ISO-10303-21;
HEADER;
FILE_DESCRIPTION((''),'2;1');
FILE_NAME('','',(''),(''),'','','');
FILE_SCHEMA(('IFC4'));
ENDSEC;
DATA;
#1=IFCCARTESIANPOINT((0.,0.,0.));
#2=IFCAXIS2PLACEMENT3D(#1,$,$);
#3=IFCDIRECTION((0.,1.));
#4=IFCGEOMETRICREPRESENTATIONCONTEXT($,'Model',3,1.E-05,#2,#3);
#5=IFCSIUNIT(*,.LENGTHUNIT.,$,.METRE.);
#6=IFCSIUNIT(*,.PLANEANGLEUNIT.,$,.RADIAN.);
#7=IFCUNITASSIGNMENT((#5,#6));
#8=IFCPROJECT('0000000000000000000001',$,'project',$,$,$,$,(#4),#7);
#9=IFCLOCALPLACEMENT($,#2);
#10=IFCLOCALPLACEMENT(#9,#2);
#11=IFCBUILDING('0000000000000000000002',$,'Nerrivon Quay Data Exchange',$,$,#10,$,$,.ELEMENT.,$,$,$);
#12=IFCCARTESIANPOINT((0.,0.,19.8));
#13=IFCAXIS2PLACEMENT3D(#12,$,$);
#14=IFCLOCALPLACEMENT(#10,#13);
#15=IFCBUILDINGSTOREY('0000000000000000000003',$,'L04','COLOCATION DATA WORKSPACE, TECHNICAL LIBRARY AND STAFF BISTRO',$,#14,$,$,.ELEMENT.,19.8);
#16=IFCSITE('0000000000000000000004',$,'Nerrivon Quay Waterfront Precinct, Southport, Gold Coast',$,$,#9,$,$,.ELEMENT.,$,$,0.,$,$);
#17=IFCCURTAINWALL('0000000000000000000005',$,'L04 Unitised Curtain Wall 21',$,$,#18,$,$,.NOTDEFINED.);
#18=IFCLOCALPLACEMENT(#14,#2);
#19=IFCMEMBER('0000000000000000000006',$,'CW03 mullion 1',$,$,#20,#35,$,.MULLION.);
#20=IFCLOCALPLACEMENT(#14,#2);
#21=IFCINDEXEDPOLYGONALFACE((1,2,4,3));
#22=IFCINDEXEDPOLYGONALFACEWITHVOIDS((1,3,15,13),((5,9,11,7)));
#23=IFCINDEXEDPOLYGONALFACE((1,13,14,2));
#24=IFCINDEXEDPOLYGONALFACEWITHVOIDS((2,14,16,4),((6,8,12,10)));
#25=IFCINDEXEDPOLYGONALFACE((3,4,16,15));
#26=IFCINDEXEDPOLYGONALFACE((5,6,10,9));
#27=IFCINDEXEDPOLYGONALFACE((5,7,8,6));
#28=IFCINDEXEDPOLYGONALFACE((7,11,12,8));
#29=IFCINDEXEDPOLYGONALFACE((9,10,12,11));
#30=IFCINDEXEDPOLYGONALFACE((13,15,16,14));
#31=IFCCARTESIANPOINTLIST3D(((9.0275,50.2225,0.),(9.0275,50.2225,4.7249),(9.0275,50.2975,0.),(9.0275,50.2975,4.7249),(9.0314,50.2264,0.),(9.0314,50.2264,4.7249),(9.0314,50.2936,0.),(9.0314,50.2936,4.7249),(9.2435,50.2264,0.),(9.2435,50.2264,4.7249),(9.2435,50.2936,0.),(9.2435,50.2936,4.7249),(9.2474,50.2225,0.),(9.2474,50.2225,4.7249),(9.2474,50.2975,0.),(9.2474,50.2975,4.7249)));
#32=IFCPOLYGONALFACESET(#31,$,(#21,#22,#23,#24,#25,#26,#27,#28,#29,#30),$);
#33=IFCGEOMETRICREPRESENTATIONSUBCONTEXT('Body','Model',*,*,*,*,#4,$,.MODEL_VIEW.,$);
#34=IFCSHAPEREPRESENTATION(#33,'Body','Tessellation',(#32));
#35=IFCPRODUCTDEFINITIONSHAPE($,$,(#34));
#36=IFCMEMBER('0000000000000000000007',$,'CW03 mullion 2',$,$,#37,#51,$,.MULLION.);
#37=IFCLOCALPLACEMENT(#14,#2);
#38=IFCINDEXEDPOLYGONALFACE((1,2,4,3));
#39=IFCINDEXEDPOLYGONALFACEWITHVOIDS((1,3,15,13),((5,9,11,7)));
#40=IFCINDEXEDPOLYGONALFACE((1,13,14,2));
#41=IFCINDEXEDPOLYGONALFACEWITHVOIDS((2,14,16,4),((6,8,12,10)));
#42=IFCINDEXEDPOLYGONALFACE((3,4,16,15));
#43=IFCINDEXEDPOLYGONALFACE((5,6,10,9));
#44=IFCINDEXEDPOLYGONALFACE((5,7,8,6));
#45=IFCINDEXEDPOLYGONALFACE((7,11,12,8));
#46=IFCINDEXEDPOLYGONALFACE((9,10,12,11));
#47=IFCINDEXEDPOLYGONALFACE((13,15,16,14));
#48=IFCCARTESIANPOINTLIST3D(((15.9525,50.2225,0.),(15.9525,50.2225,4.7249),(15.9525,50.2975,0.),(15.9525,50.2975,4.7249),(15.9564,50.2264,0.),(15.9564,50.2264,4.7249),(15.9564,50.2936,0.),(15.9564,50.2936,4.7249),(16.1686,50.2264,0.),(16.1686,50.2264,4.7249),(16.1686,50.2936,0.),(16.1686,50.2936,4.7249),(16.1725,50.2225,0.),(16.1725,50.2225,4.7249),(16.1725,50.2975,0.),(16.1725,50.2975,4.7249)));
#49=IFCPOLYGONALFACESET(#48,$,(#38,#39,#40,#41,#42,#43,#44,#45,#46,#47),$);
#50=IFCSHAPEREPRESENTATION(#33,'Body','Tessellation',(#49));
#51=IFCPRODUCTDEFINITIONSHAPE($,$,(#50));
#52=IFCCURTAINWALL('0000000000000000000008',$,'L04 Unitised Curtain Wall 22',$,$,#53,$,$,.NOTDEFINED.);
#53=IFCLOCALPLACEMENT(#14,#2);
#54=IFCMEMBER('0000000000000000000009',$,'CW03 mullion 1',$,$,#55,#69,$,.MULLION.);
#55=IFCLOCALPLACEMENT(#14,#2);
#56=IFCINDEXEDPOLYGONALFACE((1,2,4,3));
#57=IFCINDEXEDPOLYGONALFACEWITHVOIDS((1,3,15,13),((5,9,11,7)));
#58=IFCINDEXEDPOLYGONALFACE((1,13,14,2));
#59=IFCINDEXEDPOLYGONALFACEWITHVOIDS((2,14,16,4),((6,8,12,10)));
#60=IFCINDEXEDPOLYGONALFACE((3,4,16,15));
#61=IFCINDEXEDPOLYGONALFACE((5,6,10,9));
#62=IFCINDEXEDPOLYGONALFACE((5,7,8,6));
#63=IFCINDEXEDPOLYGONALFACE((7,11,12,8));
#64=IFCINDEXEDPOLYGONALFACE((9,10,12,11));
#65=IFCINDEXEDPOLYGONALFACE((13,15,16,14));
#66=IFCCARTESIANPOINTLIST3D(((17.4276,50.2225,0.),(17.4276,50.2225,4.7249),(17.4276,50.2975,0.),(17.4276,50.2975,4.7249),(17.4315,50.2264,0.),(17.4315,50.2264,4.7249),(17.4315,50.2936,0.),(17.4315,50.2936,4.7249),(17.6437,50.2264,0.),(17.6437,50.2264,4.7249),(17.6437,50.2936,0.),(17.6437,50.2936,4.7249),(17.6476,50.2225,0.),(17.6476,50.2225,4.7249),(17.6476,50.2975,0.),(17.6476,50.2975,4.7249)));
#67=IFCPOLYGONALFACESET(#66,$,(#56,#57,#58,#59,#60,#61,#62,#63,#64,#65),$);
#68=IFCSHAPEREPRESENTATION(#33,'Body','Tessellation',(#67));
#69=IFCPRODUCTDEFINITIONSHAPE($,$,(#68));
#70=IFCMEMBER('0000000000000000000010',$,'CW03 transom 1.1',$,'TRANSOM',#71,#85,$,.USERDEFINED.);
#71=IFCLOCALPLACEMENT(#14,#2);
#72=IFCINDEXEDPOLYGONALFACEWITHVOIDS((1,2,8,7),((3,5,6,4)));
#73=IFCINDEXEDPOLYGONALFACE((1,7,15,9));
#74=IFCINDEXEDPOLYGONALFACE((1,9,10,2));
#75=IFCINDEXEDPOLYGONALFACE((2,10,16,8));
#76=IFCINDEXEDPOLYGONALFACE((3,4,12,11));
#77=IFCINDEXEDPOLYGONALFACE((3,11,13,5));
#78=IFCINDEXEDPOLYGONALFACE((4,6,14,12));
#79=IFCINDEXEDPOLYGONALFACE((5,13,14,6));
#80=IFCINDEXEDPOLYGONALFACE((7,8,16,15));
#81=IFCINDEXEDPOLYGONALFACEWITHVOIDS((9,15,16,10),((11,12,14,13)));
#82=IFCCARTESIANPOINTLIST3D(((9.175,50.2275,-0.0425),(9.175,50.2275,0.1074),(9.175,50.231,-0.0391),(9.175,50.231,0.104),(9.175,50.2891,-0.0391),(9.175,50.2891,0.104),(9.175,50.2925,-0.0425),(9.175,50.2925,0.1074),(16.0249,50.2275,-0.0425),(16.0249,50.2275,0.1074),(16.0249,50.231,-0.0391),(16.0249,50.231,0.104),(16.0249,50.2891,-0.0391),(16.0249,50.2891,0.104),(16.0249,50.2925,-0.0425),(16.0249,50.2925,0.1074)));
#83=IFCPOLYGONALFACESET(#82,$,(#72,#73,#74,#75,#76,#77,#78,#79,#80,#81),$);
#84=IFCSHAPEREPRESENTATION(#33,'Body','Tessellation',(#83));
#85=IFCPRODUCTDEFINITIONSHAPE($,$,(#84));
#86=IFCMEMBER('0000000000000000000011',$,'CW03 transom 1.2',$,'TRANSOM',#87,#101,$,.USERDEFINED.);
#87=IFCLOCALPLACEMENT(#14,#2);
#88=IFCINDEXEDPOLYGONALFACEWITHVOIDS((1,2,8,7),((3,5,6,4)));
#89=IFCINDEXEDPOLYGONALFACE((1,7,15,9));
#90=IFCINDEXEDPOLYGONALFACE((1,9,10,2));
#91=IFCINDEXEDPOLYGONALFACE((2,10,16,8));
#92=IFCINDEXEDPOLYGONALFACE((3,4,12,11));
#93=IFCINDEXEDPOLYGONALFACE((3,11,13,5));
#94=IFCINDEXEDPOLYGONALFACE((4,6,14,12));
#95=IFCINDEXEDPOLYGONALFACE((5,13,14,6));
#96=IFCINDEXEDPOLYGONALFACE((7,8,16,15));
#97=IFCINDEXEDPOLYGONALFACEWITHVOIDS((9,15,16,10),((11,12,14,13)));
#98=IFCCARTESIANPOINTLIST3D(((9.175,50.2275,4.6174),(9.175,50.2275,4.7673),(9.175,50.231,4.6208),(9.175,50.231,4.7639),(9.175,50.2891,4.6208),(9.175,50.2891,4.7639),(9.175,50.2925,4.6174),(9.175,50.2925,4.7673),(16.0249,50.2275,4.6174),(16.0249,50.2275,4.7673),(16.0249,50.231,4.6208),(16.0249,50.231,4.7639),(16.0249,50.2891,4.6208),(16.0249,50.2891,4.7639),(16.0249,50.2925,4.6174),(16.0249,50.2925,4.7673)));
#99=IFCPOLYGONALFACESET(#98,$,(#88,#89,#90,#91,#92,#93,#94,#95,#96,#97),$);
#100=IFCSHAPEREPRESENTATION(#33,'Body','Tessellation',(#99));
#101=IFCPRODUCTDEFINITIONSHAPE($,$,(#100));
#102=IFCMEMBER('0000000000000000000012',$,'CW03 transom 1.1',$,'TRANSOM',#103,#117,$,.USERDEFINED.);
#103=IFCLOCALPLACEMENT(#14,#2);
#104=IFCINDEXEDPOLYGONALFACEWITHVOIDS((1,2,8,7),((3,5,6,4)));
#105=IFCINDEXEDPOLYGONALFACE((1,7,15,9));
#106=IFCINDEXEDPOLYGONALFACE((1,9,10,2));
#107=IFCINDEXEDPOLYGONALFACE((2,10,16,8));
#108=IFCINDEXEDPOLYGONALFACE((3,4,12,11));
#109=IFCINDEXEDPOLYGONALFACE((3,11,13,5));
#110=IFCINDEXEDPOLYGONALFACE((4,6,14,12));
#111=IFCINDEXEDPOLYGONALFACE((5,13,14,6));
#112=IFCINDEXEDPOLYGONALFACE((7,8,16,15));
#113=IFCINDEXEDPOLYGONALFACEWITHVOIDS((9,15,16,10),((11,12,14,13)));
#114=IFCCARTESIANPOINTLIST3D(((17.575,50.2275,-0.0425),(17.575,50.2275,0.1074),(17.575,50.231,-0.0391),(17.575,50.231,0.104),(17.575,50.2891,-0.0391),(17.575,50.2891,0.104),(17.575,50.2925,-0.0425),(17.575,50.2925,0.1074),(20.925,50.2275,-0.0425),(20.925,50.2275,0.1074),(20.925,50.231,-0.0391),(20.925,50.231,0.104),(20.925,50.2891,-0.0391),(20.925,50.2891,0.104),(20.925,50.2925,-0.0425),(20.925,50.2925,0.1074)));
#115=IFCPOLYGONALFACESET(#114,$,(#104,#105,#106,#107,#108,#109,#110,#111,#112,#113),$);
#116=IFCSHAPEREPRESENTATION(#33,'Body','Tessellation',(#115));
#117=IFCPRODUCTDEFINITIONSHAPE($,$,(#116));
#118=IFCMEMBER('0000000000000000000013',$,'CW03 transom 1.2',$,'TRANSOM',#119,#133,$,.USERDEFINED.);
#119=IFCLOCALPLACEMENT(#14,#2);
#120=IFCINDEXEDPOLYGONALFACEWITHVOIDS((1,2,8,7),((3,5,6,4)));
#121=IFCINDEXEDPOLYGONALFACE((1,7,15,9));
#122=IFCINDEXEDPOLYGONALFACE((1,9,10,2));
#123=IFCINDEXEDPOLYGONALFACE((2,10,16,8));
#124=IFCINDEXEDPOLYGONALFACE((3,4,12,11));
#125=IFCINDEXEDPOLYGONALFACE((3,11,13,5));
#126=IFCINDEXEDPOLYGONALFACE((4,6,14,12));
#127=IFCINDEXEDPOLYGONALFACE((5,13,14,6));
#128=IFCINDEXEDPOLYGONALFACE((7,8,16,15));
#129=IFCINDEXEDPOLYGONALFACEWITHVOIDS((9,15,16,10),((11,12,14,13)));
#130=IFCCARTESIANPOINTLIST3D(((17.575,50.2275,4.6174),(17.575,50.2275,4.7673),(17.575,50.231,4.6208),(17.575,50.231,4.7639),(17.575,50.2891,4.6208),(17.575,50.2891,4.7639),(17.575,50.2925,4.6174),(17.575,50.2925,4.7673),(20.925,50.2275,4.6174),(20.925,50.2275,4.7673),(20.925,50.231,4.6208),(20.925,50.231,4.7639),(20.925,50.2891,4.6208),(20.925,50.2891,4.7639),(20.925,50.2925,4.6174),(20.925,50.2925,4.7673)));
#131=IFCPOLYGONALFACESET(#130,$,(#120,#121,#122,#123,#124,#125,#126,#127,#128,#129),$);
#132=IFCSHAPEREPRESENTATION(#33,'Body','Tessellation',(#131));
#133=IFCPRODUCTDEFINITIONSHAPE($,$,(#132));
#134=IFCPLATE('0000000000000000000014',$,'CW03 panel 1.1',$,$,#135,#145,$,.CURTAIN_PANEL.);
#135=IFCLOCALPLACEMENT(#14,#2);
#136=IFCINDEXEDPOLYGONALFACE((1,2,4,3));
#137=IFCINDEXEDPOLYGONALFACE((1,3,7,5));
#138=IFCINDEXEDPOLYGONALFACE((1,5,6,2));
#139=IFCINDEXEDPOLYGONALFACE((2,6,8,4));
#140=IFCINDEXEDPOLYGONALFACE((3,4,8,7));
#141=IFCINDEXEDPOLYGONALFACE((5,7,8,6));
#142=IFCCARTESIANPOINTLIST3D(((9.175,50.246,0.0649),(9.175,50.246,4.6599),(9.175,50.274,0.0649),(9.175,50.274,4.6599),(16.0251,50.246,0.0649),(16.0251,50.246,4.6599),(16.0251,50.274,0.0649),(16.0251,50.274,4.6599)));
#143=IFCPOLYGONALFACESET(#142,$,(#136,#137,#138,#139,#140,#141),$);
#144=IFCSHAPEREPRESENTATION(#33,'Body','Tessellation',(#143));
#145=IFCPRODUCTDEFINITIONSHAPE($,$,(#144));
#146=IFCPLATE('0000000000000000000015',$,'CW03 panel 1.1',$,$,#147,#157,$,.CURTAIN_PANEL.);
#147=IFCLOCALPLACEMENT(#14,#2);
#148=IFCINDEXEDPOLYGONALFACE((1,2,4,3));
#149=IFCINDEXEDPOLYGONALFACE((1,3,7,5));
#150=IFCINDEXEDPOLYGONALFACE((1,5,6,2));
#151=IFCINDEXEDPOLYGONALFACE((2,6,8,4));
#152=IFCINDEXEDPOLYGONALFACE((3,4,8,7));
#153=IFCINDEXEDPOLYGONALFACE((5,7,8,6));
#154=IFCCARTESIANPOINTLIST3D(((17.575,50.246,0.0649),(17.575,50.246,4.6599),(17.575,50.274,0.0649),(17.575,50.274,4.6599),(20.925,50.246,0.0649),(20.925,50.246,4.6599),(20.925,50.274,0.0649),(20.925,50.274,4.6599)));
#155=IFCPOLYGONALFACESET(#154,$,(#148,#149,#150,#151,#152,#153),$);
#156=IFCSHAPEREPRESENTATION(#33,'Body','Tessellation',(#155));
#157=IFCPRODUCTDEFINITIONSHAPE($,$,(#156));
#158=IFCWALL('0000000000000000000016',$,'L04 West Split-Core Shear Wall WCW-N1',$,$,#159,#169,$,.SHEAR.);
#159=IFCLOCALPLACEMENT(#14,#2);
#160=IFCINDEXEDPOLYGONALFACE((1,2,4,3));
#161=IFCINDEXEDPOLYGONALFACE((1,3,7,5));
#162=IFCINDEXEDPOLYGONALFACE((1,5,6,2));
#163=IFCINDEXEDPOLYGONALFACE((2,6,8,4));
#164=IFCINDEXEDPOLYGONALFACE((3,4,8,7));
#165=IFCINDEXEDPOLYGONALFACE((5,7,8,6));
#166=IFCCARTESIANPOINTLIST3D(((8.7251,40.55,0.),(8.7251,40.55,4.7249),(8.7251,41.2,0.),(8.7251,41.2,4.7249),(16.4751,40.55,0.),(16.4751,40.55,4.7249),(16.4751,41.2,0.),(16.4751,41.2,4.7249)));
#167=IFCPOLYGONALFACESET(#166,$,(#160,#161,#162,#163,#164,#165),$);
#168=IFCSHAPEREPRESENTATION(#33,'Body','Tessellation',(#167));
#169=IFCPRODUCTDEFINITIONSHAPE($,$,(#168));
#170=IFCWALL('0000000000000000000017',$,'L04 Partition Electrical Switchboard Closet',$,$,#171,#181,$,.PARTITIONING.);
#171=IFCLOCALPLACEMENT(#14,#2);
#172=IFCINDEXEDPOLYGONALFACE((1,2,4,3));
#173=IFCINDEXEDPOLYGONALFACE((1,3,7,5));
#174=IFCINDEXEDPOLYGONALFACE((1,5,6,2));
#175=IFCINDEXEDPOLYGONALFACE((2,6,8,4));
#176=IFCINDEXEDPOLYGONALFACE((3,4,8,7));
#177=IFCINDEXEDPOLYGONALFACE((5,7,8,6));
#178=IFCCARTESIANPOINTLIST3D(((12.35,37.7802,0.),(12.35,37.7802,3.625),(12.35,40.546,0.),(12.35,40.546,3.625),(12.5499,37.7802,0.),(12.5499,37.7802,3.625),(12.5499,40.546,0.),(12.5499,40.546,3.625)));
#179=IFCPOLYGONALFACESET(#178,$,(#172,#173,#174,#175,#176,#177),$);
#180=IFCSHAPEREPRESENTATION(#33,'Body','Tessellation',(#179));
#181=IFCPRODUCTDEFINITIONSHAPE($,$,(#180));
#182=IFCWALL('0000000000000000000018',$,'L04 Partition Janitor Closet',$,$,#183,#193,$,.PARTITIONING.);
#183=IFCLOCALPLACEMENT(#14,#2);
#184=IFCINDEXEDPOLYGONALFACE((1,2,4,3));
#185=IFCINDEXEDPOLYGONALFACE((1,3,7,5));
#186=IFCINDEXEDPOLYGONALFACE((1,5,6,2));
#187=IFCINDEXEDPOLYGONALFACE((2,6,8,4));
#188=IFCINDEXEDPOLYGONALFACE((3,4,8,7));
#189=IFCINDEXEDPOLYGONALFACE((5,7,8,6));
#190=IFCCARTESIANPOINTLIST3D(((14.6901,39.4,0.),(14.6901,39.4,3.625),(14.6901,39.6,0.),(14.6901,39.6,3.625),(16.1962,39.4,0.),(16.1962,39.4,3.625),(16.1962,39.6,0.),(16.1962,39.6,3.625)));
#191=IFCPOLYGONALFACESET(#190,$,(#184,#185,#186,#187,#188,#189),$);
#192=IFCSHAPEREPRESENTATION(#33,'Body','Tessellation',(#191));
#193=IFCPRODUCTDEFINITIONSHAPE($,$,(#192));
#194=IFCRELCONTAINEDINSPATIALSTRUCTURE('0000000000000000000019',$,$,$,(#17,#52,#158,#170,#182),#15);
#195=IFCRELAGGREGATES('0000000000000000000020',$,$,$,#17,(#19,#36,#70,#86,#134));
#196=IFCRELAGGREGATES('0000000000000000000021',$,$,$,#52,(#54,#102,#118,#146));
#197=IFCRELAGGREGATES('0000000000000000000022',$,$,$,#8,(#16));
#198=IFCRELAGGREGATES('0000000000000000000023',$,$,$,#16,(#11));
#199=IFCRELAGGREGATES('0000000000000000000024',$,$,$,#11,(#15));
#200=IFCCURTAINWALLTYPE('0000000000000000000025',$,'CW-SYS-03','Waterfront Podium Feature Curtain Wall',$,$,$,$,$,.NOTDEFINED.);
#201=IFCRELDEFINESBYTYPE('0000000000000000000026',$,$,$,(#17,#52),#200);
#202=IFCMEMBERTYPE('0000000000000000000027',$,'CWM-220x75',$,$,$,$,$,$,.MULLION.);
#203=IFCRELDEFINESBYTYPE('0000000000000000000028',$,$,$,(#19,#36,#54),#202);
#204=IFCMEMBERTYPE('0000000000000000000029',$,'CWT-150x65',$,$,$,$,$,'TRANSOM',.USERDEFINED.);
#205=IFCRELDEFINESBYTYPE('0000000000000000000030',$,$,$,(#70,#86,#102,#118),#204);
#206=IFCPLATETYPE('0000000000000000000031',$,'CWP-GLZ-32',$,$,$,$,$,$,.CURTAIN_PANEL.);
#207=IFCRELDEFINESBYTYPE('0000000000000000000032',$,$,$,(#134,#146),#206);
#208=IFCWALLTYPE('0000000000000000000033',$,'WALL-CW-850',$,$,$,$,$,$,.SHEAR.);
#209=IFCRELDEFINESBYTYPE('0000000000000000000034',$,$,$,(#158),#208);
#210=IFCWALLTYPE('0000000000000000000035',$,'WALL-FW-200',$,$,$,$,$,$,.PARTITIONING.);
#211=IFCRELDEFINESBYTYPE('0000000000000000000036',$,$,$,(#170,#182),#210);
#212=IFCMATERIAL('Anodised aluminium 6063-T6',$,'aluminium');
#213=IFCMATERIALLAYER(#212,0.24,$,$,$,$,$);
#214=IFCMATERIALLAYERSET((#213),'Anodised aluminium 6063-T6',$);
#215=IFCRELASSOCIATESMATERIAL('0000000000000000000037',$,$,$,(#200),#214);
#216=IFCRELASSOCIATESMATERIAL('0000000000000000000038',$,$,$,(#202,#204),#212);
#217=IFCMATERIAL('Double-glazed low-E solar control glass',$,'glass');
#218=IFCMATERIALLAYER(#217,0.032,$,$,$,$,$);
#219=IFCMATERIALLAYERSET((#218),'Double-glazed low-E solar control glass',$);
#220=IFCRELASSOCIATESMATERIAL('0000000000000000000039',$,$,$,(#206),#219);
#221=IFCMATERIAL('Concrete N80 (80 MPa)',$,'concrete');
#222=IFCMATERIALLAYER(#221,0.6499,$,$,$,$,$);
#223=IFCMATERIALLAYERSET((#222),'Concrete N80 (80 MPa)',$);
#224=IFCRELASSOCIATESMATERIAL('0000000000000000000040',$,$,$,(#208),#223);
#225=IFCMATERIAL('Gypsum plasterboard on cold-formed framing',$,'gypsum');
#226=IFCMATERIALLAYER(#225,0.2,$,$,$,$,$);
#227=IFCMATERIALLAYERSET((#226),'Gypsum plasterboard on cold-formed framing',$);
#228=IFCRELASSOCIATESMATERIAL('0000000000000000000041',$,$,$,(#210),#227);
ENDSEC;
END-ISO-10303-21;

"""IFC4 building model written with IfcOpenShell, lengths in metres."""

from ifc_helpers import new_model, si_unit, direction, frame, frame_2d, origin, origin_2d, place, context, subcontext, project, spatial, rectangle, hollow_rectangle, extrude, material, layer, layer_set, material_profile, profile_set, type_object, element, aggregate, save


model = new_model("IFC4")

# Units and contexts
model_context = context("Model", 3, precision=1e-05, world=origin(), true_north=direction((0.0, 1.0)))
body_context = subcontext(model_context, "Body", "Model", "MODEL_VIEW")
ifc_project = project(units=[si_unit("LENGTHUNIT", "METRE"), si_unit("PLANEANGLEUNIT", "RADIAN")], contexts=[model_context])

# Site, building, storey
site_placement = place(None, origin())
site = spatial("IfcSite", under=ifc_project, at=site_placement, Name="Nerrivon Quay Waterfront Precinct, Southport, Gold Coast", CompositionType="ELEMENT", RefElevation=0.0)
building_placement = place(site_placement, origin())
building = spatial("IfcBuilding", under=site, at=building_placement, Name="Nerrivon Quay Data Exchange", CompositionType="ELEMENT")
storey_placement = place(building_placement, frame((0.0, 0.0, 19.8)))
storey = spatial("IfcBuildingStorey", under=building, at=storey_placement, Name="L04", Description="COLOCATION DATA WORKSPACE, TECHNICAL LIBRARY AND STAFF BISTRO", CompositionType="ELEMENT", Elevation=19.8)

# Shared definitions
ifc_material_1 = material(Name="Concrete N80 (80 MPa)", Category="concrete")

# Curtain wall, members
ifc_material_2 = material(Name="Anodised aluminium 6063-T6", Category="aluminium")
ifc_layer_1 = layer(ifc_material_2, 0.24)
ifc_layer_set_1 = layer_set([ifc_layer_1], Name="Anodised aluminium 6063-T6")
curtain_wall_type = type_object("IfcCurtainWallType", Name="CW-SYS-03", Description="Waterfront Podium Feature Curtain Wall", PredefinedType="NOTDEFINED", material=ifc_layer_set_1)
curtain_wall_1_placement = place(storey_placement, origin())
curtain_wall_1 = element("IfcCurtainWall", 1, at=curtain_wall_1_placement, inside=storey, type_object=curtain_wall_type, Name="L04 Unitised Curtain Wall 21", PredefinedType="NOTDEFINED")
ifc_material_profile_1 = material_profile(ifc_material_2, hollow_rectangle(XDim=0.075, YDim=0.22, WallThickness=0.0039, at=origin_2d()), Name="ALU-MULL-220x75")
ifc_profile_set_1 = profile_set([ifc_material_profile_1], Name="Anodised aluminium 6063-T6")
member_type_1 = type_object("IfcMemberType", Name="CWM-220x75", PredefinedType="MULLION", material=ifc_profile_set_1)
member_1_placement = place(storey_placement, frame((9.1375, 50.26, 0.0), z_axis=(0.0, 0.0, 1.0), x_axis=(0.0, 1.0, 0.0)))
member_1 = element("IfcMember", 2, at=member_1_placement, type_object=member_type_1, Name="CW03 mullion 1", PredefinedType="MULLION", context=body_context, shape_type="SweptSolid", body=[
    extrude(hollow_rectangle(XDim=0.075, YDim=0.22, WallThickness=0.0039, at=origin_2d()), origin(), (0.0, 0.0, 1.0), 4.7249),
])
member_2_placement = place(storey_placement, frame((16.0625, 50.26, 0.0), z_axis=(0.0, 0.0, 1.0), x_axis=(0.0, 1.0, 0.0)))
member_2 = element("IfcMember", 3, at=member_2_placement, type_object=member_type_1, Name="CW03 mullion 2", PredefinedType="MULLION", context=body_context, shape_type="SweptSolid", body=[
    extrude(hollow_rectangle(XDim=0.075, YDim=0.22, WallThickness=0.0039, at=origin_2d()), origin(), (0.0, 0.0, 1.0), 4.7249),
])

# Curtain wall, member
curtain_wall_2_placement = place(storey_placement, origin())
curtain_wall_2 = element("IfcCurtainWall", 4, at=curtain_wall_2_placement, inside=storey, type_object=curtain_wall_type, Name="L04 Unitised Curtain Wall 22", PredefinedType="NOTDEFINED")
member_3_placement = place(storey_placement, frame((17.5376, 50.26, 0.0), z_axis=(0.0, 0.0, 1.0), x_axis=(0.0, 1.0, 0.0)))
member_3 = element("IfcMember", 5, at=member_3_placement, type_object=member_type_1, Name="CW03 mullion 1", PredefinedType="MULLION", context=body_context, shape_type="SweptSolid", body=[
    extrude(hollow_rectangle(XDim=0.075, YDim=0.22, WallThickness=0.0039, at=origin_2d()), origin(), (0.0, 0.0, 1.0), 4.7249),
])

# Members
ifc_material_profile_2 = material_profile(ifc_material_2, hollow_rectangle(XDim=0.0649, YDim=0.1499, WallThickness=0.0034, at=origin_2d()), Name="ALU-TRAN-150x65")
ifc_profile_set_2 = profile_set([ifc_material_profile_2], Name="Anodised aluminium 6063-T6")
member_type_2 = type_object("IfcMemberType", Name="CWT-150x65", ElementType="TRANSOM", PredefinedType="USERDEFINED", material=ifc_profile_set_2)
member_4_placement = place(storey_placement, frame((9.175, 50.26, 0.0325), z_axis=(1.0, 0.0, 0.0), x_axis=(0.0, 1.0, 0.0)))
member_4 = element("IfcMember", 6, at=member_4_placement, type_object=member_type_2, Name="CW03 transom 1.1", ObjectType="TRANSOM", PredefinedType="USERDEFINED", context=body_context, shape_type="SweptSolid", body=[
    extrude(hollow_rectangle(XDim=0.0649, YDim=0.1499, WallThickness=0.0034, at=origin_2d()), origin(), (0.0, 0.0, 1.0), 6.8499),
])
member_5_placement = place(storey_placement, frame((9.175, 50.26, 4.6924), z_axis=(1.0, 0.0, 0.0), x_axis=(0.0, 1.0, 0.0)))
member_5 = element("IfcMember", 7, at=member_5_placement, type_object=member_type_2, Name="CW03 transom 1.2", ObjectType="TRANSOM", PredefinedType="USERDEFINED", context=body_context, shape_type="SweptSolid", body=[
    extrude(hollow_rectangle(XDim=0.0649, YDim=0.1499, WallThickness=0.0034, at=origin_2d()), origin(), (0.0, 0.0, 1.0), 6.8499),
])
member_6_placement = place(storey_placement, frame((17.575, 50.26, 0.0325), z_axis=(1.0, 0.0, 0.0), x_axis=(0.0, 1.0, 0.0)))
member_6 = element("IfcMember", 8, at=member_6_placement, type_object=member_type_2, Name="CW03 transom 1.1", ObjectType="TRANSOM", PredefinedType="USERDEFINED", context=body_context, shape_type="SweptSolid", body=[
    extrude(hollow_rectangle(XDim=0.0649, YDim=0.1499, WallThickness=0.0034, at=origin_2d()), origin(), (0.0, 0.0, 1.0), 3.3501),
])
member_7_placement = place(storey_placement, frame((17.575, 50.26, 4.6924), z_axis=(1.0, 0.0, 0.0), x_axis=(0.0, 1.0, 0.0)))
member_7 = element("IfcMember", 9, at=member_7_placement, type_object=member_type_2, Name="CW03 transom 1.2", ObjectType="TRANSOM", PredefinedType="USERDEFINED", context=body_context, shape_type="SweptSolid", body=[
    extrude(hollow_rectangle(XDim=0.0649, YDim=0.1499, WallThickness=0.0034, at=origin_2d()), origin(), (0.0, 0.0, 1.0), 3.3501),
])

# Plates
ifc_material_3 = material(Name="Double-glazed low-E solar control glass", Category="glass")
ifc_layer_2 = layer(ifc_material_3, 0.032)
ifc_layer_set_2 = layer_set([ifc_layer_2], Name="Double-glazed low-E solar control glass")
plate_type = type_object("IfcPlateType", Name="CWP-GLZ-32", PredefinedType="CURTAIN_PANEL", material=ifc_layer_set_2)
plate_1_placement = place(storey_placement, frame((12.6001, 50.26, 0.0649), z_axis=(0.0, 0.0, 1.0), x_axis=(1.0, 0.0, 0.0)))
plate_1 = element("IfcPlate", 10, at=plate_1_placement, type_object=plate_type, Name="CW03 panel 1.1", PredefinedType="CURTAIN_PANEL", context=body_context, shape_type="SweptSolid", body=[
    extrude(rectangle(XDim=6.8501, YDim=0.0281, at=origin_2d()), origin(), (0.0, 0.0, 1.0), 4.595),
])
aggregate(curtain_wall_1, [member_1, member_2, member_4, member_5, plate_1])
plate_2_placement = place(storey_placement, frame((19.25, 50.26, 0.0649), z_axis=(0.0, 0.0, 1.0), x_axis=(1.0, 0.0, 0.0)))
plate_2 = element("IfcPlate", 11, at=plate_2_placement, type_object=plate_type, Name="CW03 panel 1.1", PredefinedType="CURTAIN_PANEL", context=body_context, shape_type="SweptSolid", body=[
    extrude(rectangle(XDim=3.3501, YDim=0.0281, at=origin_2d()), origin(), (0.0, 0.0, 1.0), 4.595),
])
aggregate(curtain_wall_2, [member_3, member_6, member_7, plate_2])

# Walls
ifc_layer_3 = layer(ifc_material_1, 0.6499)
ifc_layer_set_3 = layer_set([ifc_layer_3], Name="Concrete N80 (80 MPa)")
wall_type_1 = type_object("IfcWallType", Name="WALL-CW-850", PredefinedType="SHEAR", material=ifc_layer_set_3)
wall_1_placement = place(storey_placement, frame((8.7251, 40.875, 0.0), z_axis=(0.0, 0.0, 1.0), x_axis=(1.0, 0.0, 0.0)))
element("IfcWall", 12, at=wall_1_placement, inside=storey, type_object=wall_type_1, Name="L04 West Split-Core Shear Wall WCW-N1", PredefinedType="SHEAR", context=body_context, shape_type="SweptSolid", body=[
    extrude(rectangle(XDim=7.75, YDim=0.6499, at=frame_2d((3.875, 0.0))), origin(), (0.0, 0.0, 1.0), 4.7249),
])
ifc_material_4 = material(Name="Gypsum plasterboard on cold-formed framing", Category="gypsum")
ifc_layer_4 = layer(ifc_material_4, 0.2)
ifc_layer_set_4 = layer_set([ifc_layer_4], Name="Gypsum plasterboard on cold-formed framing")
wall_type_2 = type_object("IfcWallType", Name="WALL-FW-200", PredefinedType="PARTITIONING", material=ifc_layer_set_4)
wall_2_placement = place(storey_placement, frame((12.45, 40.5459, 0.0), z_axis=(0.0, 0.0, 1.0), x_axis=(0.0, -1.0, 0.0)))
element("IfcWall", 13, at=wall_2_placement, inside=storey, type_object=wall_type_2, Name="L04 Partition Electrical Switchboard Closet", PredefinedType="PARTITIONING", context=body_context, shape_type="SweptSolid", body=[
    extrude(rectangle(XDim=2.7659, YDim=0.2, at=frame_2d((1.3828, 0.0))), origin(), (0.0, 0.0, 1.0), 3.625),
])
wall_3_placement = place(storey_placement, frame((16.196, 39.5, 0.0), z_axis=(0.0, 0.0, 1.0), x_axis=(-1.0, 0.0, 0.0)))
element("IfcWall", 14, at=wall_3_placement, inside=storey, type_object=wall_type_2, Name="L04 Partition Janitor Closet", PredefinedType="PARTITIONING", context=body_context, shape_type="SweptSolid", body=[
    extrude(rectangle(XDim=1.5061, YDim=0.2, at=frame_2d((0.7529, 0.0))), origin(), (0.0, 0.0, 1.0), 3.625),
])

save(model, "model.ifc")
